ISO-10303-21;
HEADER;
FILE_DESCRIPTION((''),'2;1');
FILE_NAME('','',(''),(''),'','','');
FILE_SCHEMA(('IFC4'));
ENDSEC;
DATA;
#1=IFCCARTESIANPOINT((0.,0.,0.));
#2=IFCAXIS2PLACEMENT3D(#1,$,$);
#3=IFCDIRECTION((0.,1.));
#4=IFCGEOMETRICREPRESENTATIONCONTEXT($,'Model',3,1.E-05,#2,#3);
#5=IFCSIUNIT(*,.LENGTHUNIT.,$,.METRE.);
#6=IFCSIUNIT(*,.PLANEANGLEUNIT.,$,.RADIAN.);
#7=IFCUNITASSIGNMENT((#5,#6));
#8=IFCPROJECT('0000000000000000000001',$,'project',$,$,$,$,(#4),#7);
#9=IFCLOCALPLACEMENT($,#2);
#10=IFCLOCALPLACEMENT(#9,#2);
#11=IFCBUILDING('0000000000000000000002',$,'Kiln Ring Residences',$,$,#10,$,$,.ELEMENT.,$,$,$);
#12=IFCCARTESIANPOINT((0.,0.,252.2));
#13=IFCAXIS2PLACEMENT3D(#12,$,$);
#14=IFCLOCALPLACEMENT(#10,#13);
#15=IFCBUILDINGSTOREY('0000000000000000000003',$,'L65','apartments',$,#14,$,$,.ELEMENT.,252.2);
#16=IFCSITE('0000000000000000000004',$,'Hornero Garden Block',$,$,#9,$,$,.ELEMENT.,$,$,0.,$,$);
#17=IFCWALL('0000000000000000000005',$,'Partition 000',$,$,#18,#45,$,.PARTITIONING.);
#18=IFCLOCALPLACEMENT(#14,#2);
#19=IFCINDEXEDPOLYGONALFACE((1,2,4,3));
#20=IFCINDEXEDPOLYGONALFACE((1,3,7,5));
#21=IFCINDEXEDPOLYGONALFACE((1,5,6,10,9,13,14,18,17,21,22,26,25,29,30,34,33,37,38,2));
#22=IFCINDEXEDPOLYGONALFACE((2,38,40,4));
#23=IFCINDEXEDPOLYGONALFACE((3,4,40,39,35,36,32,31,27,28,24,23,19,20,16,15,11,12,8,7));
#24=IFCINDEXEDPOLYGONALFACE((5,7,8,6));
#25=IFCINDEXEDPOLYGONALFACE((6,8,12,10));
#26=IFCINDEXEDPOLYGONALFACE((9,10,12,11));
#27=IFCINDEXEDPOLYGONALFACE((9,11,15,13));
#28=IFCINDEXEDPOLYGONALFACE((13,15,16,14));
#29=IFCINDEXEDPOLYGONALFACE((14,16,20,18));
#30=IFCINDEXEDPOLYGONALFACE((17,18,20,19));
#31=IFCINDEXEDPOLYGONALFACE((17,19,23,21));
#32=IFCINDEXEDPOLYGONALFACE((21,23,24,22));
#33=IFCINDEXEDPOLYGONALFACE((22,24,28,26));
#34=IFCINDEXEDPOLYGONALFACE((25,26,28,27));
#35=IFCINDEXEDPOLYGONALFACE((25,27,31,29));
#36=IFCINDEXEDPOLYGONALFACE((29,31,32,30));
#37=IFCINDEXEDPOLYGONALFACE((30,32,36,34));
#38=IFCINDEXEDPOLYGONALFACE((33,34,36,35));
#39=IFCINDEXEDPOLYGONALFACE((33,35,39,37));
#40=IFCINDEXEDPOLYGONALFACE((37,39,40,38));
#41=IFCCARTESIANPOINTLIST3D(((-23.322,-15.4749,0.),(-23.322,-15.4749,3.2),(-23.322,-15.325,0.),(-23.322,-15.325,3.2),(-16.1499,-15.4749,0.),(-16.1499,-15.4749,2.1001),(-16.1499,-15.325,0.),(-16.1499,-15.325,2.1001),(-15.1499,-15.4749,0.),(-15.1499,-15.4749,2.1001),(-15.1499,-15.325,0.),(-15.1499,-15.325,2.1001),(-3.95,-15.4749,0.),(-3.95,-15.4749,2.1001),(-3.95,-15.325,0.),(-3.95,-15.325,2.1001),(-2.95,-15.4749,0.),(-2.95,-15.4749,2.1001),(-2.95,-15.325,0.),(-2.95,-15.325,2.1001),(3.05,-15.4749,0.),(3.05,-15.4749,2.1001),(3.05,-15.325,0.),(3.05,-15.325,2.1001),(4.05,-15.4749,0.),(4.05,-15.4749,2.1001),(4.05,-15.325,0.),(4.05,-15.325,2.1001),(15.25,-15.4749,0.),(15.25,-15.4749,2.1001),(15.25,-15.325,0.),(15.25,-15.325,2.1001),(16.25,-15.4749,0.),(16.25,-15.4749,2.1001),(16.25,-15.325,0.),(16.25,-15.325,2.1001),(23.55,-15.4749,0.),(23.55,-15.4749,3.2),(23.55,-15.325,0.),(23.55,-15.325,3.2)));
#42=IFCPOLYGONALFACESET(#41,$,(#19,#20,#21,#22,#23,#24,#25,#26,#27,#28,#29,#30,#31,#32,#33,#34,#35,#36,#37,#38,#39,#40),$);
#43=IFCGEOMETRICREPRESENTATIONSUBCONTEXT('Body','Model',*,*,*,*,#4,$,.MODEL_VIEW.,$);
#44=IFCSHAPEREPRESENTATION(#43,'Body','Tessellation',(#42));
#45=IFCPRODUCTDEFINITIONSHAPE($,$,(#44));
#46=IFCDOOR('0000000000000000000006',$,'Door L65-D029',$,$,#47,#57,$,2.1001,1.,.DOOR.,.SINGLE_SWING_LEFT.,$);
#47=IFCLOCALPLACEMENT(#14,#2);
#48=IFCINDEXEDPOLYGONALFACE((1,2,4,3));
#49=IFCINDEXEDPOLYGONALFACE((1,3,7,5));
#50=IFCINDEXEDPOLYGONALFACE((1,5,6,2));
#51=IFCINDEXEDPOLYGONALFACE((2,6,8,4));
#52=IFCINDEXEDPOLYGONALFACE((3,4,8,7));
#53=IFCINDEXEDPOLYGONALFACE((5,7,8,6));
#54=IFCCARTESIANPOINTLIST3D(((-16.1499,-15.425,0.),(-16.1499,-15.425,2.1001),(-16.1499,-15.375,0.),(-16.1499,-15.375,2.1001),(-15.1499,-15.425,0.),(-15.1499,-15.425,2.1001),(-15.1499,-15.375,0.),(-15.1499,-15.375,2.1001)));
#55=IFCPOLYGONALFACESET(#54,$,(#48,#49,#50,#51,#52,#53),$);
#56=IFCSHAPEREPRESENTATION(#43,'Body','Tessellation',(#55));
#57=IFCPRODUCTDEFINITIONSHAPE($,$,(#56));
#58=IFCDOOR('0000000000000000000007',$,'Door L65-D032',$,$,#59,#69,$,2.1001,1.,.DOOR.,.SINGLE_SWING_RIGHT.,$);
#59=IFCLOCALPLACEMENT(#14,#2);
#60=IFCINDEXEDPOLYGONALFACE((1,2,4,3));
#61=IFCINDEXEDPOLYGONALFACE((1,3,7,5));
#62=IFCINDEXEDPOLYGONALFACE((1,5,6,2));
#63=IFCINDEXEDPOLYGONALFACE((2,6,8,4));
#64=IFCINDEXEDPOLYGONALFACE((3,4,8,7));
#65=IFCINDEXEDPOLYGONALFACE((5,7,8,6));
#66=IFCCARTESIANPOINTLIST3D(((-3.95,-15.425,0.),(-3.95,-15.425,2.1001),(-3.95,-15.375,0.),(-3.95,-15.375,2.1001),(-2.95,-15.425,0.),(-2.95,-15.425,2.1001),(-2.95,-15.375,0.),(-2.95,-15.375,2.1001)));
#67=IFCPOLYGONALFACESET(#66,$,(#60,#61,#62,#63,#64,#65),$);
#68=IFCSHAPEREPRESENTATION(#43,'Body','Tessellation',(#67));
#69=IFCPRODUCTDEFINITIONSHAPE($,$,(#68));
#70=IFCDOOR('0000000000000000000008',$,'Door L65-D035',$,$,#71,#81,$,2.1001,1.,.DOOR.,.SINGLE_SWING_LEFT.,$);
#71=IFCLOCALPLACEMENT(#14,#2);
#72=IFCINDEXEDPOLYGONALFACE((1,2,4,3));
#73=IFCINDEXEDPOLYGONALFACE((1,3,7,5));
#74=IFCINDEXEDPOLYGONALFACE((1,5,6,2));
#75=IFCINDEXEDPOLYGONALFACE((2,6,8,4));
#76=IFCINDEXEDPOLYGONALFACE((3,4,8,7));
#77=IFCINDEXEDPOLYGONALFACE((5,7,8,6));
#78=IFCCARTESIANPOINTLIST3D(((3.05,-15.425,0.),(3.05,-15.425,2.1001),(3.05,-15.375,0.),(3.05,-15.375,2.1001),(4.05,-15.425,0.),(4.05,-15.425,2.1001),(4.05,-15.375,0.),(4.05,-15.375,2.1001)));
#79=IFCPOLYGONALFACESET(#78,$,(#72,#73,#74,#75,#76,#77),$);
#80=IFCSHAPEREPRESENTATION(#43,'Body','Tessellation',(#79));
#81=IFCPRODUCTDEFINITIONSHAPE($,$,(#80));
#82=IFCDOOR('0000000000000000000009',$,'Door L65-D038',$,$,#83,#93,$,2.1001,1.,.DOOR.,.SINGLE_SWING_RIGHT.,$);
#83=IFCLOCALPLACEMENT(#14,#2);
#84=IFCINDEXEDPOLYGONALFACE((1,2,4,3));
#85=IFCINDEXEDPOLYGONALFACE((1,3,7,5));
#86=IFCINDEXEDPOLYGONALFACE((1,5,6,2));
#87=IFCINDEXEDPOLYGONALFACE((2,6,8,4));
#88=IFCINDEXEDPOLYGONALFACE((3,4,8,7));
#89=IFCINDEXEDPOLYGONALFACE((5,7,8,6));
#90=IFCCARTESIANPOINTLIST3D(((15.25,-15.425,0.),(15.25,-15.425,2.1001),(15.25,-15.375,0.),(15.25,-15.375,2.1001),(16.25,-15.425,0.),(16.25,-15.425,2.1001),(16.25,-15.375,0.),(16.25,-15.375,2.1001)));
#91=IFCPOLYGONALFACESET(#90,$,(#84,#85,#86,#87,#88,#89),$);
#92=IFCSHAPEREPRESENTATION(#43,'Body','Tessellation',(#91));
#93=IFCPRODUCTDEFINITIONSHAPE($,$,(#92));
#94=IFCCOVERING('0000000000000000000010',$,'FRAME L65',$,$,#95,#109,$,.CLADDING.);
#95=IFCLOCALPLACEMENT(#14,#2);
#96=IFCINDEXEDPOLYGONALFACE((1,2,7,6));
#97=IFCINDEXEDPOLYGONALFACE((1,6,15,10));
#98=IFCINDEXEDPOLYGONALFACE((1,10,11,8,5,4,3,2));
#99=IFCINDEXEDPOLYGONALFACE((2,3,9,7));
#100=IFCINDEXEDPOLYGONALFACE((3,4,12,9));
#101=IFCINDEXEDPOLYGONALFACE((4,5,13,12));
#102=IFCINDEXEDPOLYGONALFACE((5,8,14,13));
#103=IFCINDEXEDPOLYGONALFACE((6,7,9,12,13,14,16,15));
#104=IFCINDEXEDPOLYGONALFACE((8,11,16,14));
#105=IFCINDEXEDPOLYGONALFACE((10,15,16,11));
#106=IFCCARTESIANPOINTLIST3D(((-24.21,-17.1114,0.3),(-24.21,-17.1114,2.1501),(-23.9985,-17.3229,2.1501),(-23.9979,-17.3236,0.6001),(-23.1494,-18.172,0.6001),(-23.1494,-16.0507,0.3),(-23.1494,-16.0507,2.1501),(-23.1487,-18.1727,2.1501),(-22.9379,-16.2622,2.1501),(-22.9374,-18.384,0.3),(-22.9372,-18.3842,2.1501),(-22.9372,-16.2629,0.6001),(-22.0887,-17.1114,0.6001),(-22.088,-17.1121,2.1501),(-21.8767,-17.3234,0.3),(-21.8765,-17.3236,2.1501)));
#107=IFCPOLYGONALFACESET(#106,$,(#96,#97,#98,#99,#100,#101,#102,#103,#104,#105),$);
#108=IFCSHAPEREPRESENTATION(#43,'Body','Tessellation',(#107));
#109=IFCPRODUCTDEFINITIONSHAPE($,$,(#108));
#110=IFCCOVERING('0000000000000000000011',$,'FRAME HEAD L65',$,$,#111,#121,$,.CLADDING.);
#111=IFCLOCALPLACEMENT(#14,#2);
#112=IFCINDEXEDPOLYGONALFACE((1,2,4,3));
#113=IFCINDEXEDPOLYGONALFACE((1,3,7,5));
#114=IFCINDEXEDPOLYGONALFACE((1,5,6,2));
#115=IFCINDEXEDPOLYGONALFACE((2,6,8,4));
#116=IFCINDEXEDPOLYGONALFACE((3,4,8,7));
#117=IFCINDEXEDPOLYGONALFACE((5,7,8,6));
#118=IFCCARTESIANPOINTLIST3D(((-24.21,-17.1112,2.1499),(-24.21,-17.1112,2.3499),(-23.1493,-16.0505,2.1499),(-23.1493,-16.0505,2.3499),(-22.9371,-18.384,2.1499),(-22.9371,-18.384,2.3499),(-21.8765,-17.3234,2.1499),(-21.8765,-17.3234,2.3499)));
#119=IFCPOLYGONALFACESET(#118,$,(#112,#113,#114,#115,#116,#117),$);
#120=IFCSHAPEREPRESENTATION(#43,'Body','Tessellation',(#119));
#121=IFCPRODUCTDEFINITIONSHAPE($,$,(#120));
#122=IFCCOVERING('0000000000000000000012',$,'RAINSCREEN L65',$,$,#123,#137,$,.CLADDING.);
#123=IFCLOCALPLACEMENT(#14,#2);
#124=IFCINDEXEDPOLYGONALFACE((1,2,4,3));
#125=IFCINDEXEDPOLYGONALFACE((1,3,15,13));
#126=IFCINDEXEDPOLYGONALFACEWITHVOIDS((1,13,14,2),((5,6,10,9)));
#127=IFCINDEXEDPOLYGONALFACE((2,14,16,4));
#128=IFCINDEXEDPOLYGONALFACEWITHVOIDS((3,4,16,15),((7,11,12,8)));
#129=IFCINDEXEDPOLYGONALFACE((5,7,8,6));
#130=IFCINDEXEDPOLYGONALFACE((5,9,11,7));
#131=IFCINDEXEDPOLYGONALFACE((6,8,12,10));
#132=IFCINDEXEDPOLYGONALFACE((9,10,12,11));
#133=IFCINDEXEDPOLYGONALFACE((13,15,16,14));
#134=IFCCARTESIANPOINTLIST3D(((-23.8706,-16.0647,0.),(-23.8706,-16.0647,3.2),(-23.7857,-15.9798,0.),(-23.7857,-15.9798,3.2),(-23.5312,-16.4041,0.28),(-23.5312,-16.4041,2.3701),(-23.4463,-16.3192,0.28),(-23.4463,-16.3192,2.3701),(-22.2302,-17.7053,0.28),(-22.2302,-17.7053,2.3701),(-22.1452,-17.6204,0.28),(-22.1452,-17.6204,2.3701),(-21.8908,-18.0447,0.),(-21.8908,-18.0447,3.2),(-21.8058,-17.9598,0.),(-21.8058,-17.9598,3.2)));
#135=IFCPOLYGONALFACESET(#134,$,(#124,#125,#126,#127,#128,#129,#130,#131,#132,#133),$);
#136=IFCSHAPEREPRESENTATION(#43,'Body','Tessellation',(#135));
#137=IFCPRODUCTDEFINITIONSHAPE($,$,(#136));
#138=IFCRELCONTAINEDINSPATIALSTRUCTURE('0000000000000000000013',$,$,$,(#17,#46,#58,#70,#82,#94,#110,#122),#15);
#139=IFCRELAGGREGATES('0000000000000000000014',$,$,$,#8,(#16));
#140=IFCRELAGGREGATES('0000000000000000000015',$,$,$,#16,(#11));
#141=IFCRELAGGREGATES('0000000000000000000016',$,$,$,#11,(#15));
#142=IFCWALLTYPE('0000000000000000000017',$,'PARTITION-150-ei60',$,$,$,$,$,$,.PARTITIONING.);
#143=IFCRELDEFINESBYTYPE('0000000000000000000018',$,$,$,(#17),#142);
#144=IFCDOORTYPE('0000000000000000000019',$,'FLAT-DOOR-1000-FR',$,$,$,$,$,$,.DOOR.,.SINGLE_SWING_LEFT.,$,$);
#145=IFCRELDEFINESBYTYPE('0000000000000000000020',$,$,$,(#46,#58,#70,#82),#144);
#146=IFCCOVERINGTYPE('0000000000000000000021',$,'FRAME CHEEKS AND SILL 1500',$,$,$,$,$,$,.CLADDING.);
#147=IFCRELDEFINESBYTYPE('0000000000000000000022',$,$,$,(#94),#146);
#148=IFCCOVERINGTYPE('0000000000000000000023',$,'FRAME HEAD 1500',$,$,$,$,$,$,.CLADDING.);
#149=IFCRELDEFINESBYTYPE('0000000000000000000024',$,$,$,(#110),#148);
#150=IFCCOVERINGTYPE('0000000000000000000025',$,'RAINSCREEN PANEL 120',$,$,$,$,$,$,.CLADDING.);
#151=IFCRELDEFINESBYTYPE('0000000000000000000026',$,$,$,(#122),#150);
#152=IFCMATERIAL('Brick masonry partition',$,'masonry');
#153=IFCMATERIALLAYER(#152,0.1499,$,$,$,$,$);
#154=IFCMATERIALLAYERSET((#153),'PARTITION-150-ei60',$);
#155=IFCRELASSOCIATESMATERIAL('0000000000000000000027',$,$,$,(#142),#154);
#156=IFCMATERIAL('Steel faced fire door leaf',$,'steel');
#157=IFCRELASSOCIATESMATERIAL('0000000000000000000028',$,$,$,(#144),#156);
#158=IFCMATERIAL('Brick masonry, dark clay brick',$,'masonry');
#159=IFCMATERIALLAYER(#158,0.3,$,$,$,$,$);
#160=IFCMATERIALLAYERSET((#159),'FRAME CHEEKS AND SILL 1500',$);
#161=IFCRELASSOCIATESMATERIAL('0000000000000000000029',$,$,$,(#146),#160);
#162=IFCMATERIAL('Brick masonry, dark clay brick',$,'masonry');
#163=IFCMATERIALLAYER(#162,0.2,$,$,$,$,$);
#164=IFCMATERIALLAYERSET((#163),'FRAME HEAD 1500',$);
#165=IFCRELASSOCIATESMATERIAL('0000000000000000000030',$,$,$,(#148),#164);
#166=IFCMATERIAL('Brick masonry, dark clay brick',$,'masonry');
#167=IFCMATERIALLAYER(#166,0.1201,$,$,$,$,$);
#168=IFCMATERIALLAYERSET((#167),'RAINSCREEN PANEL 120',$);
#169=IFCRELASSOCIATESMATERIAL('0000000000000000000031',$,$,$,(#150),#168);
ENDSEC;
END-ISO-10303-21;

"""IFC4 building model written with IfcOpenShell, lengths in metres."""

from ifc_helpers import new_model, si_unit, direction, frame, frame_2d, origin, origin_2d, place, context, subcontext, project, spatial, polyline, rectangle, outline, extrude, material, layer, layer_set, type_object, element, fill, save


model = new_model("IFC4")

# Units and contexts
model_context = context("Model", 3, precision=1e-05, world=origin(), true_north=direction((0.0, 1.0)))
body_context = subcontext(model_context, "Body", "Model", "MODEL_VIEW")
ifc_project = project(units=[si_unit("LENGTHUNIT", "METRE"), si_unit("PLANEANGLEUNIT", "RADIAN")], contexts=[model_context])

# Site, building, storey
site_placement = place(None, origin())
site = spatial("IfcSite", under=ifc_project, at=site_placement, Name="Hornero Garden Block", CompositionType="ELEMENT", RefElevation=0.0)
building_placement = place(site_placement, origin())
building = spatial("IfcBuilding", under=site, at=building_placement, Name="Kiln Ring Residences", CompositionType="ELEMENT")
storey_placement = place(building_placement, frame((0.0, 0.0, 252.2)))
storey = spatial("IfcBuildingStorey", under=building, at=storey_placement, Name="L65", Description="apartments", CompositionType="ELEMENT", Elevation=252.2)

# Wall, openings, doors
ifc_material_1 = material(Name="Brick masonry partition", Category="masonry")
ifc_layer_1 = layer(ifc_material_1, 0.1499)
ifc_layer_set_1 = layer_set([ifc_layer_1], Name="PARTITION-150-ei60")
wall_type_1 = type_object("IfcWallType", Name="PARTITION-150-ei60", PredefinedType="PARTITIONING", material=ifc_layer_set_1)
wall_1_placement = place(storey_placement, frame((-23.322, -15.3999, 0.0), z_axis=(0.0, 0.0, 1.0), x_axis=(1.0, 0.0, 0.0)))
wall_1 = element("IfcWall", 1, at=wall_1_placement, inside=storey, type_object=wall_type_1, Name="Partition 000", PredefinedType="PARTITIONING", context=body_context, shape_type="SweptSolid", body=[
    extrude(rectangle(XDim=46.8721, YDim=0.1499, at=frame_2d((23.436, 0.0))), origin(), (0.0, 0.0, 1.0), 3.2),
])
opening_1_placement = place(wall_1_placement, frame((7.1721, 0.0, 0.0)))
opening_1 = element("IfcOpeningElement", 2, at=opening_1_placement, cuts=wall_1, PredefinedType="OPENING", context=body_context, shape_type="SweptSolid", body=[
    extrude(rectangle(XDim=1.0, YDim=2.1001, at=frame_2d((0.5, 1.05))), frame((0.0, 0.085, 0.0), z_axis=(0.0, -1.0, 0.0), x_axis=(1.0, 0.0, 0.0)), (0.0, 0.0, 1.0), 0.1699),
])
opening_2_placement = place(wall_1_placement, frame((19.3721, 0.0, 0.0)))
opening_2 = element("IfcOpeningElement", 3, at=opening_2_placement, cuts=wall_1, PredefinedType="OPENING", context=body_context, shape_type="SweptSolid", body=[
    extrude(rectangle(XDim=1.0, YDim=2.1001, at=frame_2d((0.5, 1.05))), frame((0.0, 0.085, 0.0), z_axis=(0.0, -1.0, 0.0), x_axis=(1.0, 0.0, 0.0)), (0.0, 0.0, 1.0), 0.1699),
])
opening_3_placement = place(wall_1_placement, frame((26.3721, 0.0, 0.0)))
opening_3 = element("IfcOpeningElement", 4, at=opening_3_placement, cuts=wall_1, PredefinedType="OPENING", context=body_context, shape_type="SweptSolid", body=[
    extrude(rectangle(XDim=1.0, YDim=2.1001, at=frame_2d((0.5, 1.05))), frame((0.0, 0.085, 0.0), z_axis=(0.0, -1.0, 0.0), x_axis=(1.0, 0.0, 0.0)), (0.0, 0.0, 1.0), 0.1699),
])
opening_4_placement = place(wall_1_placement, frame((38.572, 0.0, 0.0)))
opening_4 = element("IfcOpeningElement", 5, at=opening_4_placement, cuts=wall_1, PredefinedType="OPENING", context=body_context, shape_type="SweptSolid", body=[
    extrude(rectangle(XDim=1.0, YDim=2.1001, at=frame_2d((0.5, 1.05))), frame((0.0, 0.085, 0.0), z_axis=(0.0, -1.0, 0.0), x_axis=(1.0, 0.0, 0.0)), (0.0, 0.0, 1.0), 0.1699),
])
ifc_material_2 = material(Name="Steel faced fire door leaf", Category="steel")
door_type_1 = type_object("IfcDoorType", Name="FLAT-DOOR-1000-FR", OperationType="SINGLE_SWING_LEFT", PredefinedType="DOOR", material=ifc_material_2)
door_1_placement = place(opening_1_placement, origin())
door_1 = element("IfcDoor", 6, at=door_1_placement, inside=storey, type_object=door_type_1, Name="Door L65-D029", OperationType="SINGLE_SWING_LEFT", OverallHeight=2.1001, OverallWidth=1.0, PredefinedType="DOOR", context=body_context, shape_type="SweptSolid", body=[
    extrude(rectangle(XDim=1.0, YDim=2.1001, at=frame_2d((0.5, 1.05))), frame((0.0, 0.0249, 0.0), z_axis=(0.0, -1.0, 0.0), x_axis=(1.0, 0.0, 0.0)), (0.0, 0.0, 1.0), 0.05),
])
fill(opening_1, door_1)
door_2_placement = place(opening_2_placement, origin())
door_2 = element("IfcDoor", 7, at=door_2_placement, inside=storey, type_object=door_type_1, Name="Door L65-D032", OperationType="SINGLE_SWING_RIGHT", OverallHeight=2.1001, OverallWidth=1.0, PredefinedType="DOOR", context=body_context, shape_type="SweptSolid", body=[
    extrude(rectangle(XDim=1.0, YDim=2.1001, at=frame_2d((0.5, 1.05))), frame((0.0, 0.0249, 0.0), z_axis=(0.0, -1.0, 0.0), x_axis=(1.0, 0.0, 0.0)), (0.0, 0.0, 1.0), 0.05),
])
fill(opening_2, door_2)
door_3_placement = place(opening_3_placement, origin())
door_3 = element("IfcDoor", 8, at=door_3_placement, inside=storey, type_object=door_type_1, Name="Door L65-D035", OperationType="SINGLE_SWING_LEFT", OverallHeight=2.1001, OverallWidth=1.0, PredefinedType="DOOR", context=body_context, shape_type="SweptSolid", body=[
    extrude(rectangle(XDim=1.0, YDim=2.1001, at=frame_2d((0.5, 1.05))), frame((0.0, 0.0249, 0.0), z_axis=(0.0, -1.0, 0.0), x_axis=(1.0, 0.0, 0.0)), (0.0, 0.0, 1.0), 0.05),
])
fill(opening_3, door_3)
door_4_placement = place(opening_4_placement, origin())
door_4 = element("IfcDoor", 9, at=door_4_placement, inside=storey, type_object=door_type_1, Name="Door L65-D038", OperationType="SINGLE_SWING_RIGHT", OverallHeight=2.1001, OverallWidth=1.0, PredefinedType="DOOR", context=body_context, shape_type="SweptSolid", body=[
    extrude(rectangle(XDim=1.0, YDim=2.1001, at=frame_2d((0.5, 1.05))), frame((0.0, 0.0249, 0.0), z_axis=(0.0, -1.0, 0.0), x_axis=(1.0, 0.0, 0.0)), (0.0, 0.0, 1.0), 0.05),
])
fill(opening_4, door_4)

# Coverings
ifc_material_3 = material(Name="Brick masonry, dark clay brick", Category="masonry")
ifc_layer_2 = layer(ifc_material_3, 0.3)
ifc_layer_set_2 = layer_set([ifc_layer_2], Name="FRAME CHEEKS AND SILL 1500")
covering_type_1 = type_object("IfcCoveringType", Name="FRAME CHEEKS AND SILL 1500", PredefinedType="CLADDING", material=ifc_layer_set_2)
covering_1_placement = place(storey_placement, frame((-23.6797, -16.5811, 0.3), z_axis=(0.0, 0.0, 1.0), x_axis=(0.707107, -0.707107, 0.0)))
element("IfcCovering", 10, at=covering_1_placement, inside=storey, type_object=covering_type_1, Name="FRAME L65", PredefinedType="CLADDING", context=body_context, shape_type="SweptSolid", body=[
    extrude(outline(polyline([(0.0, 0.0), (1.7998, 0.0), (1.8, 1.8501), (1.501, 1.8501), (1.5, 0.3), (0.3, 0.3), (0.2991, 1.8501), (0.0, 1.8501), (0.0, 0.0)])), frame((0.0, 0.75, 0.0), z_axis=(0.0, -1.0, 0.0), x_axis=(1.0, 0.0, 0.0)), (0.0, 0.0, 1.0), 1.5),
])
ifc_material_4 = material(Name="Brick masonry, dark clay brick", Category="masonry")
ifc_layer_3 = layer(ifc_material_4, 0.2)
ifc_layer_set_3 = layer_set([ifc_layer_3], Name="FRAME HEAD 1500")
covering_type_2 = type_object("IfcCoveringType", Name="FRAME HEAD 1500", PredefinedType="CLADDING", material=ifc_layer_set_3)
covering_2_placement = place(storey_placement, frame((-23.0432, -17.2173, 2.1499), z_axis=(0.0, 0.0, 1.0), x_axis=(0.707107, -0.707107, 0.0)))
element("IfcCovering", 11, at=covering_2_placement, inside=storey, type_object=covering_type_2, Name="FRAME HEAD L65", PredefinedType="CLADDING", context=body_context, shape_type="SweptSolid", body=[
    extrude(rectangle(XDim=1.8, YDim=1.5, at=origin_2d()), origin(), (0.0, 0.0, 1.0), 0.2),
])
ifc_material_5 = material(Name="Brick masonry, dark clay brick", Category="masonry")
ifc_layer_4 = layer(ifc_material_5, 0.1201)
ifc_layer_set_4 = layer_set([ifc_layer_4], Name="RAINSCREEN PANEL 120")
covering_type_3 = type_object("IfcCoveringType", Name="RAINSCREEN PANEL 120", PredefinedType="CLADDING", material=ifc_layer_set_4)
covering_3_placement = place(storey_placement, frame((-23.8281, -16.0222, 0.0), z_axis=(0.0, 0.0, 1.0), x_axis=(0.707063, -0.70715, 0.0)))
element("IfcCovering", 12, at=covering_3_placement, inside=storey, type_object=covering_type_3, Name="RAINSCREEN L65", PredefinedType="CLADDING", context=body_context, shape_type="SweptSolid", body=[
    extrude(outline(polyline([(0.0, 0.0), (2.8, 0.0), (2.8, 3.2), (0.0, 3.2), (0.0, 0.0)]), holes=[polyline([(0.48, 2.3701), (0.48, 0.28), (2.3201, 0.28), (2.3201, 2.3701), (0.48, 2.3701)])]), frame((0.0, 0.0601, 0.0), z_axis=(0.0, -1.0, 0.0), x_axis=(1.0, 0.0, 0.0)), (0.0, 0.0, 1.0), 0.1201),
])

save(model, "model.ifc")
